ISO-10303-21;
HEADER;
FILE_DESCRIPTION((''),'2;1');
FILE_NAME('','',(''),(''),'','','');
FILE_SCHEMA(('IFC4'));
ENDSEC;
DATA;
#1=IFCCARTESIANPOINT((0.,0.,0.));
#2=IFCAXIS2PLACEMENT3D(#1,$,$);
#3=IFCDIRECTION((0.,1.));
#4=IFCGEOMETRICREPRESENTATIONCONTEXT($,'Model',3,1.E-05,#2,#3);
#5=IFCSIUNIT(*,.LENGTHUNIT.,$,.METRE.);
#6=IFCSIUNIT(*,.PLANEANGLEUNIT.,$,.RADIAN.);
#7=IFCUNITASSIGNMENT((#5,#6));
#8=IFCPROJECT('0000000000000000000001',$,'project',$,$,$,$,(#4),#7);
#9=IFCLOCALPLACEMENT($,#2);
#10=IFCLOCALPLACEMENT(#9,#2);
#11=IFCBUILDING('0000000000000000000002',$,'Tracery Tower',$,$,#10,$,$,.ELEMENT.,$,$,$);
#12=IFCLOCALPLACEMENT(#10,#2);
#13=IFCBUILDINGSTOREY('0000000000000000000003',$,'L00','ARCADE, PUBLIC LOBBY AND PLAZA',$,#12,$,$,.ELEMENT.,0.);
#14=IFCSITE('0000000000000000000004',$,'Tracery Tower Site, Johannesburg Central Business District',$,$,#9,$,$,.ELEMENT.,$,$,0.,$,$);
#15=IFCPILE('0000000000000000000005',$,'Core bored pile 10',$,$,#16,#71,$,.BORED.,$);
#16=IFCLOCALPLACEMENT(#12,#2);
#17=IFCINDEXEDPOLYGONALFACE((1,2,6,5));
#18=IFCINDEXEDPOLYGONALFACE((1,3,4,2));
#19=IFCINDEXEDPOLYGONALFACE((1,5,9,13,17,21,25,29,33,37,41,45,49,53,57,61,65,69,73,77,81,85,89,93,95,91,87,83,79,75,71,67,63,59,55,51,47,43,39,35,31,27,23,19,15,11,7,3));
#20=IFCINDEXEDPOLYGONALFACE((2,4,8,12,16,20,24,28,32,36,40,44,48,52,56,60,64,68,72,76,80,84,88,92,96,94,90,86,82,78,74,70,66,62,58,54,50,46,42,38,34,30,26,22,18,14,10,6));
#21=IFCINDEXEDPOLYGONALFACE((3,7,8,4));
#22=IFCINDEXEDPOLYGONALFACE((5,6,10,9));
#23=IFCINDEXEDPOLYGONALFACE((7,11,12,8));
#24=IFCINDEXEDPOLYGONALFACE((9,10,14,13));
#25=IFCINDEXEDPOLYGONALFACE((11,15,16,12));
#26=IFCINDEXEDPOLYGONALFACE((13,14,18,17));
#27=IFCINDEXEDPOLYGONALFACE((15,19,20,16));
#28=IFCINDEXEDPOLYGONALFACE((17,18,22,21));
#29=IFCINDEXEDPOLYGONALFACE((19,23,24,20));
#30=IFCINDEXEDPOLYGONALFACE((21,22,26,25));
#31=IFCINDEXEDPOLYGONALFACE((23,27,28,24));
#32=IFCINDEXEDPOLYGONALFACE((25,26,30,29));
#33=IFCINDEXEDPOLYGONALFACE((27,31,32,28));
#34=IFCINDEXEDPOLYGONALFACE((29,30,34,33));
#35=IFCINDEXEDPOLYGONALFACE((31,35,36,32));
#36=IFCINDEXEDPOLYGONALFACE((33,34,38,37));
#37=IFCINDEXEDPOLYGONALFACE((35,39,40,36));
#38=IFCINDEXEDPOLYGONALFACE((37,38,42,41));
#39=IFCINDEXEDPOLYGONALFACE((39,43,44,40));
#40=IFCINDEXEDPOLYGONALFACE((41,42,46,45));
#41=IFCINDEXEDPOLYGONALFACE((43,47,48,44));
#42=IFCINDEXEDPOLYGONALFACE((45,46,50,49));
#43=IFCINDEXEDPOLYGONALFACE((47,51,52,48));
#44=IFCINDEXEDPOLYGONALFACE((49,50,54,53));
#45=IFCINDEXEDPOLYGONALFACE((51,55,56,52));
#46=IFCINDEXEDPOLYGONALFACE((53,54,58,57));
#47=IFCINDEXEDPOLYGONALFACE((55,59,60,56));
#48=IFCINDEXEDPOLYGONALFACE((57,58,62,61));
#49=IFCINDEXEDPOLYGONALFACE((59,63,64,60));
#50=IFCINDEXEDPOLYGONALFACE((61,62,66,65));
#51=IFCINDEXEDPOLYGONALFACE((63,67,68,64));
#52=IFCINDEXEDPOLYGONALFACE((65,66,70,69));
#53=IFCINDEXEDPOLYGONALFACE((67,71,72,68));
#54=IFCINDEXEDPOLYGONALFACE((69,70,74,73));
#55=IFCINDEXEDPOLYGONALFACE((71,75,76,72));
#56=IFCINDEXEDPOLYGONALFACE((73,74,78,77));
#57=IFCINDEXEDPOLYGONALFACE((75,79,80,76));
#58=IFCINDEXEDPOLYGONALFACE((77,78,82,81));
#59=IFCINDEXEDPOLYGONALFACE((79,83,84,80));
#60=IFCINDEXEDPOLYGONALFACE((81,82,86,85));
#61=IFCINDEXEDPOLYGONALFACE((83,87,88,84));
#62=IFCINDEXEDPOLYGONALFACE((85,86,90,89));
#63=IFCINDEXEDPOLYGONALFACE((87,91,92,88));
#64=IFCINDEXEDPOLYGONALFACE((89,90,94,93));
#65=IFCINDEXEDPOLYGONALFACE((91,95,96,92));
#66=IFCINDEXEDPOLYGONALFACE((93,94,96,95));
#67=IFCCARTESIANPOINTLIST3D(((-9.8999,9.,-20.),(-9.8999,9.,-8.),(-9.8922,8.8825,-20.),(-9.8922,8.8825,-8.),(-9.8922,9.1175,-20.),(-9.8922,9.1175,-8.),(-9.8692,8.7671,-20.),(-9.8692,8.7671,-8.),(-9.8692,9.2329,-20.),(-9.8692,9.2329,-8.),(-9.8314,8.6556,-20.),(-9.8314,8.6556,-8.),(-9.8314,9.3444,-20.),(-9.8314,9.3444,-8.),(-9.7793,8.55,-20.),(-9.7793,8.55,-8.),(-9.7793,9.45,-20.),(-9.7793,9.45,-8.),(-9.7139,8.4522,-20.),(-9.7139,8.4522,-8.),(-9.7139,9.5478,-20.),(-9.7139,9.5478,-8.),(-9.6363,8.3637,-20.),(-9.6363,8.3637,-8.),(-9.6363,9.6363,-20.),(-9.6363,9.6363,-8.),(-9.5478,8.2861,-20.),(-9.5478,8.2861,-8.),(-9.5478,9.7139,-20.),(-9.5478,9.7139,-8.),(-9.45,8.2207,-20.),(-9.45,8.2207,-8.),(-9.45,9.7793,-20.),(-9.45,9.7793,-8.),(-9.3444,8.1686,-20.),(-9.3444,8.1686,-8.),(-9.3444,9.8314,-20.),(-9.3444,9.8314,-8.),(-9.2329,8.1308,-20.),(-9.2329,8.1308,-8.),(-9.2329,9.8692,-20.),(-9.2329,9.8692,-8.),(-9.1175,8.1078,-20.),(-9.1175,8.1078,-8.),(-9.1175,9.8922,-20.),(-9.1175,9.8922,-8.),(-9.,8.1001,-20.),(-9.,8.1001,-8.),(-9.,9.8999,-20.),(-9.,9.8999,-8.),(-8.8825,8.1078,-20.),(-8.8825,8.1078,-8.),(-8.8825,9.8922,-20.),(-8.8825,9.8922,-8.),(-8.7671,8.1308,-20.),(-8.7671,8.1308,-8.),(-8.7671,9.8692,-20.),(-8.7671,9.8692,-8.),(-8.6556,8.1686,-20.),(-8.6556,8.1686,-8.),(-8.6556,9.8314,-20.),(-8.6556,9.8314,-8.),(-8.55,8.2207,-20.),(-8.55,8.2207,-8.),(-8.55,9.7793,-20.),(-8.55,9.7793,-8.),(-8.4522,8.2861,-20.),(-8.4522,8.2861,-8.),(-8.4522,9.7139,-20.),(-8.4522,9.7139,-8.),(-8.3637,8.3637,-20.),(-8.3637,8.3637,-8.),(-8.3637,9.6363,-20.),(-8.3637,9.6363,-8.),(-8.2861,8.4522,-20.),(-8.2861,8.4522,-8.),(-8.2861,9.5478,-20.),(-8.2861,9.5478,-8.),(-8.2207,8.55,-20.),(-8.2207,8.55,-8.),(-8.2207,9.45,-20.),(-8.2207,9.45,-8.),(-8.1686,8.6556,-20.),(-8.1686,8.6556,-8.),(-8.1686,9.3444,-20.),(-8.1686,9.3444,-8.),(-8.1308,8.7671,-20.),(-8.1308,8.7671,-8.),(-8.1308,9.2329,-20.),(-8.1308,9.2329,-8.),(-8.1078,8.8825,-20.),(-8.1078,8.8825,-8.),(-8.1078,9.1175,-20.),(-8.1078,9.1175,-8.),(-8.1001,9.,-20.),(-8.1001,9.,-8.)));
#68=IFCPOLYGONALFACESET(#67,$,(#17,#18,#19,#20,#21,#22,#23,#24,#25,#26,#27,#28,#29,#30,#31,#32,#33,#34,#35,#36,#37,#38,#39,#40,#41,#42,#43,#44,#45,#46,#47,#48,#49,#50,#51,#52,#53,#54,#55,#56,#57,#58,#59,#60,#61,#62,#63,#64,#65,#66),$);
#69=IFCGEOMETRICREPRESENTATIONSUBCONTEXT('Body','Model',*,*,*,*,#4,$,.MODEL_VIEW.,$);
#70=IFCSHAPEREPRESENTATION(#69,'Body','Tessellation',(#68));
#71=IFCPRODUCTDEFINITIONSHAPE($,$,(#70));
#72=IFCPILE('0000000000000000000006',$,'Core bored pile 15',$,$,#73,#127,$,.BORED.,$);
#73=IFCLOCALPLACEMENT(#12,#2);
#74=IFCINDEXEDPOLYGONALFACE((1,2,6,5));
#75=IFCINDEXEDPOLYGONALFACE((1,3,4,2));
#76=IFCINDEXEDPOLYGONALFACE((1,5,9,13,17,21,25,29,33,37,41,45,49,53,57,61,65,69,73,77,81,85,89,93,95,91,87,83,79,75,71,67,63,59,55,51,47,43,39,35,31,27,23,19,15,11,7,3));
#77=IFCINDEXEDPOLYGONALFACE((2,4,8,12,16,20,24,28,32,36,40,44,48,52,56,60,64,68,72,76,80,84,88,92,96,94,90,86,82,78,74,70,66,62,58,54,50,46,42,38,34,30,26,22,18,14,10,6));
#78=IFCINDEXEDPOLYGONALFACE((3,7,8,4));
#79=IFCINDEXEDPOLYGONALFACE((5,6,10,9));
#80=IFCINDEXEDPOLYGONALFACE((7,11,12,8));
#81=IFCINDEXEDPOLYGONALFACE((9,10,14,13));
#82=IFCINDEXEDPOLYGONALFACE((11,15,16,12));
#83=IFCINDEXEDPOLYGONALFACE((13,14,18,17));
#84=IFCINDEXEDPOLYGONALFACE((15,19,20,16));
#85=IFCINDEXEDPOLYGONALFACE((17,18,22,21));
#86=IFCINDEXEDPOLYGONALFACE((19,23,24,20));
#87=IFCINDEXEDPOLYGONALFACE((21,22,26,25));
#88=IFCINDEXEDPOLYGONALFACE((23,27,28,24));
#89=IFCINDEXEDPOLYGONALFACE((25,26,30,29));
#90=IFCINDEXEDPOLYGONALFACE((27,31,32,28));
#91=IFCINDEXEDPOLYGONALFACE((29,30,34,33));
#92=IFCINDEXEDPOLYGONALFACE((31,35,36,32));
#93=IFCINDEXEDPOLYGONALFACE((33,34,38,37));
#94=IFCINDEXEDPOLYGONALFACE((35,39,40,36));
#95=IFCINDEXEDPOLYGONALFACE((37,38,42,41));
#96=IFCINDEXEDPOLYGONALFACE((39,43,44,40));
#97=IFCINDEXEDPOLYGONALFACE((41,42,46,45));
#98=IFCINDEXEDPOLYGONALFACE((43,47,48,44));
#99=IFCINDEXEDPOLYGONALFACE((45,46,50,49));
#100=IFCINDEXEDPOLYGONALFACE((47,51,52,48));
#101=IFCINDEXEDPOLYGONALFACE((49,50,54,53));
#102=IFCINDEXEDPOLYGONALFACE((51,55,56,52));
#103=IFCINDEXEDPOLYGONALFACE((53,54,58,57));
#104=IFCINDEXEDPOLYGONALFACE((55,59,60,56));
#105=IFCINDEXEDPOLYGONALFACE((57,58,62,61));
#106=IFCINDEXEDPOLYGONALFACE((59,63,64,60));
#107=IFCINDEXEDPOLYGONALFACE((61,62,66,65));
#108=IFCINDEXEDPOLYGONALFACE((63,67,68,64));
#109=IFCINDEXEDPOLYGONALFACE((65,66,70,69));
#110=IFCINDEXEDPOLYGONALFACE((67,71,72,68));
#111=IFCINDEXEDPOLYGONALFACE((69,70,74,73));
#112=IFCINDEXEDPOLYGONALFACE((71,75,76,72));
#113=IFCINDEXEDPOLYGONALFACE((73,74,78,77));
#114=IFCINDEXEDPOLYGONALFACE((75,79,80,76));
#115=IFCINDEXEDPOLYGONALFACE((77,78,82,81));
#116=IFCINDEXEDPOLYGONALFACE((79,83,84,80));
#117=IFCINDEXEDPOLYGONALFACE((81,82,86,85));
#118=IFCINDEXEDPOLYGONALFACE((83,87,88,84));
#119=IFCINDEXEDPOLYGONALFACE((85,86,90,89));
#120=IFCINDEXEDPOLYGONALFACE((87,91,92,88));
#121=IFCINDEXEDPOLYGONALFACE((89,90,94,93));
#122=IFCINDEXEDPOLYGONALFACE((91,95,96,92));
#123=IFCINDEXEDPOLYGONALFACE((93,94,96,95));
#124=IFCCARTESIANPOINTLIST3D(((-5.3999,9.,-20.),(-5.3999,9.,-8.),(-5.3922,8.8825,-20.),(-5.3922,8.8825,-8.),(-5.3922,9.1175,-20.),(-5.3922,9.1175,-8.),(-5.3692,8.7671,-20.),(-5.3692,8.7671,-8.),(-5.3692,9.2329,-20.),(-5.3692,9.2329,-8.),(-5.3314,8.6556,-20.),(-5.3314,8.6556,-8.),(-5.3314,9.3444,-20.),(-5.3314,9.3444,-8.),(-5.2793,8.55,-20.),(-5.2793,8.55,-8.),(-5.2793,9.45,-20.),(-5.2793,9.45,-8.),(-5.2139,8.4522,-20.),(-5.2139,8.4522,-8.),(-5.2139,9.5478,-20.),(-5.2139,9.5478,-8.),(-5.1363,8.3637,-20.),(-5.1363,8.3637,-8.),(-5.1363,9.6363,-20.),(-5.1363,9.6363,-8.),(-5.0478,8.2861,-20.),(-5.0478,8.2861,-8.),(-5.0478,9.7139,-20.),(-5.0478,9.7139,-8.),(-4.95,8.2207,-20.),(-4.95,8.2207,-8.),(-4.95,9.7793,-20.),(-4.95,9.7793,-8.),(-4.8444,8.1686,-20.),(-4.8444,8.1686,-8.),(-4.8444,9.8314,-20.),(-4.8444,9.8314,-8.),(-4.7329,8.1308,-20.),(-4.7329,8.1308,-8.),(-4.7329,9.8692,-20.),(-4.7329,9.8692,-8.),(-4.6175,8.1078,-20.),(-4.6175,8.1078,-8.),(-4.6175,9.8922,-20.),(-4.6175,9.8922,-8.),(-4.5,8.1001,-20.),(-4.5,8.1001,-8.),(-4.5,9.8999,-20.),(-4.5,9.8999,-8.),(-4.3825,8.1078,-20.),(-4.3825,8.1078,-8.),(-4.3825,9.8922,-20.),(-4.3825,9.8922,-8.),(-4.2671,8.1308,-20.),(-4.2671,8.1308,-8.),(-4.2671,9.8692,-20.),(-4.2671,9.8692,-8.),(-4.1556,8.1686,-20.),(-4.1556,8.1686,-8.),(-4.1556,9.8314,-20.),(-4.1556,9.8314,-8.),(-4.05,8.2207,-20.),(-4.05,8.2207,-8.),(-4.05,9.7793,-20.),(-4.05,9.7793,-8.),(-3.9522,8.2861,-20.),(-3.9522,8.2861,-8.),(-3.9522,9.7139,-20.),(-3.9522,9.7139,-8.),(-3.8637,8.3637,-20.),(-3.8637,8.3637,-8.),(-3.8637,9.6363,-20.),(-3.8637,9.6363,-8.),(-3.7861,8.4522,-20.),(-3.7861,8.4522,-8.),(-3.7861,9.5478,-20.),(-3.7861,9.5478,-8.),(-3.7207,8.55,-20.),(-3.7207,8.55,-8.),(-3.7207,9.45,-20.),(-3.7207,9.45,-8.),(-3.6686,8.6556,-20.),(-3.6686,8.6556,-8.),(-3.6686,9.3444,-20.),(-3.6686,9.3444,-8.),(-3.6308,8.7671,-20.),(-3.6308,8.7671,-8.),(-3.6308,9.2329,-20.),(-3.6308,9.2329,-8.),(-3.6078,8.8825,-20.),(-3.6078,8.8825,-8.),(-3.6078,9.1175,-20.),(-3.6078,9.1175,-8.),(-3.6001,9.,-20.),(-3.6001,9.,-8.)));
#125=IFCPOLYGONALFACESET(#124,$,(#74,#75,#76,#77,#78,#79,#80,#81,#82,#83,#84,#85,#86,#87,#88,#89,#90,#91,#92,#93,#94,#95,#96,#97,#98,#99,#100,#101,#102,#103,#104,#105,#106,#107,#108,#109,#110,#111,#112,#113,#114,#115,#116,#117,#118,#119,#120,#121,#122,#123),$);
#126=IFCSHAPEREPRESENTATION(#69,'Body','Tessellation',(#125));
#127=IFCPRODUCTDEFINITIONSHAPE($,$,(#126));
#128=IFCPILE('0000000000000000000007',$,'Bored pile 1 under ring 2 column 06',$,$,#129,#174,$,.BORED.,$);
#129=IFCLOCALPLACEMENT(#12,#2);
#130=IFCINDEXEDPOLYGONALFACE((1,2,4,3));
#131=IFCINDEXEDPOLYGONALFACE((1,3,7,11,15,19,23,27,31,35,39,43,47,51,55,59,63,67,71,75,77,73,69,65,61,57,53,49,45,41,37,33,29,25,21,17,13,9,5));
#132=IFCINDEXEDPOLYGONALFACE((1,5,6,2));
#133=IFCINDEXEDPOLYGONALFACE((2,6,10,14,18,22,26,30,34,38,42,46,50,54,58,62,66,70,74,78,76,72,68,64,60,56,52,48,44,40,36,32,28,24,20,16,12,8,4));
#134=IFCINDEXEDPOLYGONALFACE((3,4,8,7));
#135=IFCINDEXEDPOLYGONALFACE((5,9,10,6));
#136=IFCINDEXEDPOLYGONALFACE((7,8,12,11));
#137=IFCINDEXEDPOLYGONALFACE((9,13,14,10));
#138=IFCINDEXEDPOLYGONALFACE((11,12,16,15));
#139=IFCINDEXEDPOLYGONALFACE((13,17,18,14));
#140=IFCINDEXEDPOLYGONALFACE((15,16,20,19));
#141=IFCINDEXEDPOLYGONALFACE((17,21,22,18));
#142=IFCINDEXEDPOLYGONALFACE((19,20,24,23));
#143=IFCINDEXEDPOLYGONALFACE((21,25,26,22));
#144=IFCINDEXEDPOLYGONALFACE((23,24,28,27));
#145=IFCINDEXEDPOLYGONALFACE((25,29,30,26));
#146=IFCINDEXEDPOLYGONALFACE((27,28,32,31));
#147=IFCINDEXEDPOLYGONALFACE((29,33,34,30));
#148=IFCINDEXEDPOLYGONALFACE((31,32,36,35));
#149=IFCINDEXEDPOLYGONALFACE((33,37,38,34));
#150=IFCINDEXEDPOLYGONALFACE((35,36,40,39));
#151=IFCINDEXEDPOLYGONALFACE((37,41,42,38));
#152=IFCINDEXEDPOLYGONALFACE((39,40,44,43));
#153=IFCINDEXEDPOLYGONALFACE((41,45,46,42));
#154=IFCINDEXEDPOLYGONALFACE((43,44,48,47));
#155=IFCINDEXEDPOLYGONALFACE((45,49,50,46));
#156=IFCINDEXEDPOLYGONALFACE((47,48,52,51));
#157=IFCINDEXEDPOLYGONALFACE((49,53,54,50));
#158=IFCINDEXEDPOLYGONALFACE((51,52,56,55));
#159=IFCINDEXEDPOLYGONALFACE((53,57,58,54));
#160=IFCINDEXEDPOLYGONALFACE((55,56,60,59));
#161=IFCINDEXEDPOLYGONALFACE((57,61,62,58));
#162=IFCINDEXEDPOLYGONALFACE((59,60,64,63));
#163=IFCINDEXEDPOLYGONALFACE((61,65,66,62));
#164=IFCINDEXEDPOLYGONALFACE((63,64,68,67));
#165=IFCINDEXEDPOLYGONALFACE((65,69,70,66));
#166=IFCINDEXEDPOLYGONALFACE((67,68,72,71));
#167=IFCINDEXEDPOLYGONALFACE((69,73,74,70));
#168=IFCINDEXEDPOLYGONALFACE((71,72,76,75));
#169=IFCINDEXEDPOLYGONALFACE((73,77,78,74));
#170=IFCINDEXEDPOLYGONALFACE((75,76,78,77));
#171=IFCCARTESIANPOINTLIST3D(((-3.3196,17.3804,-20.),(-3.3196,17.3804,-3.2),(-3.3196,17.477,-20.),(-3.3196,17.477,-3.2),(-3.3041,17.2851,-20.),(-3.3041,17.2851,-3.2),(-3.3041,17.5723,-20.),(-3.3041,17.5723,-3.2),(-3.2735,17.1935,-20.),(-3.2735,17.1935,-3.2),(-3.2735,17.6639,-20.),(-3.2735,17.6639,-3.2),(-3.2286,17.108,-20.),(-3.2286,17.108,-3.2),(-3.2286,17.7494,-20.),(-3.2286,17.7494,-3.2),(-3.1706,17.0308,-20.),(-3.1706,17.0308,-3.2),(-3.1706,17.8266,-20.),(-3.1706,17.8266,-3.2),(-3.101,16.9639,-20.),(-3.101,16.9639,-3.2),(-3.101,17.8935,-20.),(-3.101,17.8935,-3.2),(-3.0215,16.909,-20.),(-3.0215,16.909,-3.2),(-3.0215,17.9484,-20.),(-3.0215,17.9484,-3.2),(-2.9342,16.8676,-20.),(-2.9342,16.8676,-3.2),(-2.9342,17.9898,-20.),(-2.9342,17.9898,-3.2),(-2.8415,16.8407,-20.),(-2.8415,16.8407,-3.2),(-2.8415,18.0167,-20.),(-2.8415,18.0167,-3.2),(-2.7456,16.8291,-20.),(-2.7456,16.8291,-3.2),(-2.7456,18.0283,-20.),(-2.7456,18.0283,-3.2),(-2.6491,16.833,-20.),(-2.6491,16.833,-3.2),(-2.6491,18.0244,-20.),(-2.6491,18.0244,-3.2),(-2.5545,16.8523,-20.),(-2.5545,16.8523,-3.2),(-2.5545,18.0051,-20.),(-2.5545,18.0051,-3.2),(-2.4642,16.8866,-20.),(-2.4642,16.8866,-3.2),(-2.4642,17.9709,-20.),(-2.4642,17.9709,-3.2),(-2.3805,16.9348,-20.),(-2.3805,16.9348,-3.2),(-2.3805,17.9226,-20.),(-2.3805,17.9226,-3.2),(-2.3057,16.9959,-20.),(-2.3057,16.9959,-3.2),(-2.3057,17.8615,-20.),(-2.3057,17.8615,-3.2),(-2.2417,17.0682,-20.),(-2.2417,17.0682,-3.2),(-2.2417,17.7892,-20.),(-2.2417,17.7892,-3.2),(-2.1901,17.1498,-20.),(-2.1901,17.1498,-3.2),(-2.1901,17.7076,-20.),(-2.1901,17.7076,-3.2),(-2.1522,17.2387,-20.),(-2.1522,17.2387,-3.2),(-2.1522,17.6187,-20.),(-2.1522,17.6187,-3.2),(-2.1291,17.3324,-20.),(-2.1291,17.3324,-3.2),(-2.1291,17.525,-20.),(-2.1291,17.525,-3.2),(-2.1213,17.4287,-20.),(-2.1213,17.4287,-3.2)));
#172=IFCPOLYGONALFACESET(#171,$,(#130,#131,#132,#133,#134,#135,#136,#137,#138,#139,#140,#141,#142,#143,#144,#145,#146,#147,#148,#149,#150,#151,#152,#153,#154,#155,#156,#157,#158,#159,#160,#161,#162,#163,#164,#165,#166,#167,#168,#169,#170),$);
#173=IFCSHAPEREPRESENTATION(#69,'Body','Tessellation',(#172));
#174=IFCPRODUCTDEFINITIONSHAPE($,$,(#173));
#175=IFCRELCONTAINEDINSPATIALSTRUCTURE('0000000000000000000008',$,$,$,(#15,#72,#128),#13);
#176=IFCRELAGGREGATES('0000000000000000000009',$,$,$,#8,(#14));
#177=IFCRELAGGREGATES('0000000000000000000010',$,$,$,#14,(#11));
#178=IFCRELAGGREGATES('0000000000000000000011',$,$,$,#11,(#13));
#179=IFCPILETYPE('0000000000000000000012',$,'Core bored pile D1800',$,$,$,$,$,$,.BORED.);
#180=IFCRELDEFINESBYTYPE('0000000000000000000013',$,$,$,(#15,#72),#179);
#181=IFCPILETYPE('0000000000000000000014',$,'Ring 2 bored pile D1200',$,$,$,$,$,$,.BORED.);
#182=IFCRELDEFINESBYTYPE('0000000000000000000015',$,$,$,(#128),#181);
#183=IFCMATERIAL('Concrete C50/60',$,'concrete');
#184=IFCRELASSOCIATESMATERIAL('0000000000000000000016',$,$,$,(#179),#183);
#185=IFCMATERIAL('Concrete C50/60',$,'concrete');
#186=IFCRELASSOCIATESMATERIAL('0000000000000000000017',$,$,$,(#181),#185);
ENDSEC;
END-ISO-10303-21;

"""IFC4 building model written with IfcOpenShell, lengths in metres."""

from ifc_helpers import new_model, si_unit, direction, frame, origin, origin_2d, place, context, subcontext, project, spatial, circle, extrude, material, material_profile, profile_set, type_object, element, save


model = new_model("IFC4")

# Units and contexts
model_context = context("Model", 3, precision=1e-05, world=origin(), true_north=direction((0.0, 1.0)))
body_context = subcontext(model_context, "Body", "Model", "MODEL_VIEW")
ifc_project = project(units=[si_unit("LENGTHUNIT", "METRE"), si_unit("PLANEANGLEUNIT", "RADIAN")], contexts=[model_context])

# Site, building, storey
site_placement = place(None, origin())
site = spatial("IfcSite", under=ifc_project, at=site_placement, Name="Tracery Tower Site, Johannesburg Central Business District", CompositionType="ELEMENT", RefElevation=0.0)
building_placement = place(site_placement, origin())
building = spatial("IfcBuilding", under=site, at=building_placement, Name="Tracery Tower", CompositionType="ELEMENT")
storey_placement = place(building_placement, origin())
storey = spatial("IfcBuildingStorey", under=building, at=storey_placement, Name="L00", Description="ARCADE, PUBLIC LOBBY AND PLAZA", CompositionType="ELEMENT", Elevation=0.0)

# Piles
ifc_material_1 = material(Name="Concrete C50/60", Category="concrete")
ifc_material_profile_1 = material_profile(ifc_material_1, circle(Radius=0.8999, at=origin_2d()), Name="RC D1800")
ifc_profile_set_1 = profile_set([ifc_material_profile_1], Name="Concrete C50/60")
pile_type_1 = type_object("IfcPileType", Name="Core bored pile D1800", PredefinedType="BORED", material=ifc_profile_set_1)
for number, where, z_axis, x_axis, name in (
    (1, (-9.0, 9.0, -8.0), (0.0, 0.0, -1.0), (1.0, 0.0, 0.0), "Core bored pile 10"),
    (2, (-4.5, 9.0, -8.0), (0.0, 0.0, -1.0), (1.0, 0.0, 0.0), "Core bored pile 15"),
):
    element("IfcPile", number, at=place(storey_placement, frame(where, z_axis=z_axis, x_axis=x_axis)), inside=storey, type_object=pile_type_1, Name=name, PredefinedType="BORED", context=body_context, shape_type="SweptSolid", body=[
        extrude(circle(Radius=0.8999, at=origin_2d()), origin(), (0.0, 0.0, 1.0), 12.0),
    ])
ifc_material_2 = material(Name="Concrete C50/60", Category="concrete")
ifc_material_profile_2 = material_profile(ifc_material_2, circle(Radius=0.6001, at=origin_2d()), Name="RC D1200")
ifc_profile_set_2 = profile_set([ifc_material_profile_2], Name="Concrete C50/60")
pile_type_2 = type_object("IfcPileType", Name="Ring 2 bored pile D1200", PredefinedType="BORED", material=ifc_profile_set_2)
for number, where, z_axis, x_axis, name in (
    (3, (-2.7214, 17.4287, -3.2), (0.0, 0.0, -1.0), (1.0, 0.0, 0.0), "Bored pile 1 under ring 2 column 06"),
):
    element("IfcPile", number, at=place(storey_placement, frame(where, z_axis=z_axis, x_axis=x_axis)), inside=storey, type_object=pile_type_2, Name=name, PredefinedType="BORED", context=body_context, shape_type="SweptSolid", body=[
        extrude(circle(Radius=0.6001, at=origin_2d()), origin(), (0.0, 0.0, 1.0), 16.8),
    ])

save(model, "model.ifc")
